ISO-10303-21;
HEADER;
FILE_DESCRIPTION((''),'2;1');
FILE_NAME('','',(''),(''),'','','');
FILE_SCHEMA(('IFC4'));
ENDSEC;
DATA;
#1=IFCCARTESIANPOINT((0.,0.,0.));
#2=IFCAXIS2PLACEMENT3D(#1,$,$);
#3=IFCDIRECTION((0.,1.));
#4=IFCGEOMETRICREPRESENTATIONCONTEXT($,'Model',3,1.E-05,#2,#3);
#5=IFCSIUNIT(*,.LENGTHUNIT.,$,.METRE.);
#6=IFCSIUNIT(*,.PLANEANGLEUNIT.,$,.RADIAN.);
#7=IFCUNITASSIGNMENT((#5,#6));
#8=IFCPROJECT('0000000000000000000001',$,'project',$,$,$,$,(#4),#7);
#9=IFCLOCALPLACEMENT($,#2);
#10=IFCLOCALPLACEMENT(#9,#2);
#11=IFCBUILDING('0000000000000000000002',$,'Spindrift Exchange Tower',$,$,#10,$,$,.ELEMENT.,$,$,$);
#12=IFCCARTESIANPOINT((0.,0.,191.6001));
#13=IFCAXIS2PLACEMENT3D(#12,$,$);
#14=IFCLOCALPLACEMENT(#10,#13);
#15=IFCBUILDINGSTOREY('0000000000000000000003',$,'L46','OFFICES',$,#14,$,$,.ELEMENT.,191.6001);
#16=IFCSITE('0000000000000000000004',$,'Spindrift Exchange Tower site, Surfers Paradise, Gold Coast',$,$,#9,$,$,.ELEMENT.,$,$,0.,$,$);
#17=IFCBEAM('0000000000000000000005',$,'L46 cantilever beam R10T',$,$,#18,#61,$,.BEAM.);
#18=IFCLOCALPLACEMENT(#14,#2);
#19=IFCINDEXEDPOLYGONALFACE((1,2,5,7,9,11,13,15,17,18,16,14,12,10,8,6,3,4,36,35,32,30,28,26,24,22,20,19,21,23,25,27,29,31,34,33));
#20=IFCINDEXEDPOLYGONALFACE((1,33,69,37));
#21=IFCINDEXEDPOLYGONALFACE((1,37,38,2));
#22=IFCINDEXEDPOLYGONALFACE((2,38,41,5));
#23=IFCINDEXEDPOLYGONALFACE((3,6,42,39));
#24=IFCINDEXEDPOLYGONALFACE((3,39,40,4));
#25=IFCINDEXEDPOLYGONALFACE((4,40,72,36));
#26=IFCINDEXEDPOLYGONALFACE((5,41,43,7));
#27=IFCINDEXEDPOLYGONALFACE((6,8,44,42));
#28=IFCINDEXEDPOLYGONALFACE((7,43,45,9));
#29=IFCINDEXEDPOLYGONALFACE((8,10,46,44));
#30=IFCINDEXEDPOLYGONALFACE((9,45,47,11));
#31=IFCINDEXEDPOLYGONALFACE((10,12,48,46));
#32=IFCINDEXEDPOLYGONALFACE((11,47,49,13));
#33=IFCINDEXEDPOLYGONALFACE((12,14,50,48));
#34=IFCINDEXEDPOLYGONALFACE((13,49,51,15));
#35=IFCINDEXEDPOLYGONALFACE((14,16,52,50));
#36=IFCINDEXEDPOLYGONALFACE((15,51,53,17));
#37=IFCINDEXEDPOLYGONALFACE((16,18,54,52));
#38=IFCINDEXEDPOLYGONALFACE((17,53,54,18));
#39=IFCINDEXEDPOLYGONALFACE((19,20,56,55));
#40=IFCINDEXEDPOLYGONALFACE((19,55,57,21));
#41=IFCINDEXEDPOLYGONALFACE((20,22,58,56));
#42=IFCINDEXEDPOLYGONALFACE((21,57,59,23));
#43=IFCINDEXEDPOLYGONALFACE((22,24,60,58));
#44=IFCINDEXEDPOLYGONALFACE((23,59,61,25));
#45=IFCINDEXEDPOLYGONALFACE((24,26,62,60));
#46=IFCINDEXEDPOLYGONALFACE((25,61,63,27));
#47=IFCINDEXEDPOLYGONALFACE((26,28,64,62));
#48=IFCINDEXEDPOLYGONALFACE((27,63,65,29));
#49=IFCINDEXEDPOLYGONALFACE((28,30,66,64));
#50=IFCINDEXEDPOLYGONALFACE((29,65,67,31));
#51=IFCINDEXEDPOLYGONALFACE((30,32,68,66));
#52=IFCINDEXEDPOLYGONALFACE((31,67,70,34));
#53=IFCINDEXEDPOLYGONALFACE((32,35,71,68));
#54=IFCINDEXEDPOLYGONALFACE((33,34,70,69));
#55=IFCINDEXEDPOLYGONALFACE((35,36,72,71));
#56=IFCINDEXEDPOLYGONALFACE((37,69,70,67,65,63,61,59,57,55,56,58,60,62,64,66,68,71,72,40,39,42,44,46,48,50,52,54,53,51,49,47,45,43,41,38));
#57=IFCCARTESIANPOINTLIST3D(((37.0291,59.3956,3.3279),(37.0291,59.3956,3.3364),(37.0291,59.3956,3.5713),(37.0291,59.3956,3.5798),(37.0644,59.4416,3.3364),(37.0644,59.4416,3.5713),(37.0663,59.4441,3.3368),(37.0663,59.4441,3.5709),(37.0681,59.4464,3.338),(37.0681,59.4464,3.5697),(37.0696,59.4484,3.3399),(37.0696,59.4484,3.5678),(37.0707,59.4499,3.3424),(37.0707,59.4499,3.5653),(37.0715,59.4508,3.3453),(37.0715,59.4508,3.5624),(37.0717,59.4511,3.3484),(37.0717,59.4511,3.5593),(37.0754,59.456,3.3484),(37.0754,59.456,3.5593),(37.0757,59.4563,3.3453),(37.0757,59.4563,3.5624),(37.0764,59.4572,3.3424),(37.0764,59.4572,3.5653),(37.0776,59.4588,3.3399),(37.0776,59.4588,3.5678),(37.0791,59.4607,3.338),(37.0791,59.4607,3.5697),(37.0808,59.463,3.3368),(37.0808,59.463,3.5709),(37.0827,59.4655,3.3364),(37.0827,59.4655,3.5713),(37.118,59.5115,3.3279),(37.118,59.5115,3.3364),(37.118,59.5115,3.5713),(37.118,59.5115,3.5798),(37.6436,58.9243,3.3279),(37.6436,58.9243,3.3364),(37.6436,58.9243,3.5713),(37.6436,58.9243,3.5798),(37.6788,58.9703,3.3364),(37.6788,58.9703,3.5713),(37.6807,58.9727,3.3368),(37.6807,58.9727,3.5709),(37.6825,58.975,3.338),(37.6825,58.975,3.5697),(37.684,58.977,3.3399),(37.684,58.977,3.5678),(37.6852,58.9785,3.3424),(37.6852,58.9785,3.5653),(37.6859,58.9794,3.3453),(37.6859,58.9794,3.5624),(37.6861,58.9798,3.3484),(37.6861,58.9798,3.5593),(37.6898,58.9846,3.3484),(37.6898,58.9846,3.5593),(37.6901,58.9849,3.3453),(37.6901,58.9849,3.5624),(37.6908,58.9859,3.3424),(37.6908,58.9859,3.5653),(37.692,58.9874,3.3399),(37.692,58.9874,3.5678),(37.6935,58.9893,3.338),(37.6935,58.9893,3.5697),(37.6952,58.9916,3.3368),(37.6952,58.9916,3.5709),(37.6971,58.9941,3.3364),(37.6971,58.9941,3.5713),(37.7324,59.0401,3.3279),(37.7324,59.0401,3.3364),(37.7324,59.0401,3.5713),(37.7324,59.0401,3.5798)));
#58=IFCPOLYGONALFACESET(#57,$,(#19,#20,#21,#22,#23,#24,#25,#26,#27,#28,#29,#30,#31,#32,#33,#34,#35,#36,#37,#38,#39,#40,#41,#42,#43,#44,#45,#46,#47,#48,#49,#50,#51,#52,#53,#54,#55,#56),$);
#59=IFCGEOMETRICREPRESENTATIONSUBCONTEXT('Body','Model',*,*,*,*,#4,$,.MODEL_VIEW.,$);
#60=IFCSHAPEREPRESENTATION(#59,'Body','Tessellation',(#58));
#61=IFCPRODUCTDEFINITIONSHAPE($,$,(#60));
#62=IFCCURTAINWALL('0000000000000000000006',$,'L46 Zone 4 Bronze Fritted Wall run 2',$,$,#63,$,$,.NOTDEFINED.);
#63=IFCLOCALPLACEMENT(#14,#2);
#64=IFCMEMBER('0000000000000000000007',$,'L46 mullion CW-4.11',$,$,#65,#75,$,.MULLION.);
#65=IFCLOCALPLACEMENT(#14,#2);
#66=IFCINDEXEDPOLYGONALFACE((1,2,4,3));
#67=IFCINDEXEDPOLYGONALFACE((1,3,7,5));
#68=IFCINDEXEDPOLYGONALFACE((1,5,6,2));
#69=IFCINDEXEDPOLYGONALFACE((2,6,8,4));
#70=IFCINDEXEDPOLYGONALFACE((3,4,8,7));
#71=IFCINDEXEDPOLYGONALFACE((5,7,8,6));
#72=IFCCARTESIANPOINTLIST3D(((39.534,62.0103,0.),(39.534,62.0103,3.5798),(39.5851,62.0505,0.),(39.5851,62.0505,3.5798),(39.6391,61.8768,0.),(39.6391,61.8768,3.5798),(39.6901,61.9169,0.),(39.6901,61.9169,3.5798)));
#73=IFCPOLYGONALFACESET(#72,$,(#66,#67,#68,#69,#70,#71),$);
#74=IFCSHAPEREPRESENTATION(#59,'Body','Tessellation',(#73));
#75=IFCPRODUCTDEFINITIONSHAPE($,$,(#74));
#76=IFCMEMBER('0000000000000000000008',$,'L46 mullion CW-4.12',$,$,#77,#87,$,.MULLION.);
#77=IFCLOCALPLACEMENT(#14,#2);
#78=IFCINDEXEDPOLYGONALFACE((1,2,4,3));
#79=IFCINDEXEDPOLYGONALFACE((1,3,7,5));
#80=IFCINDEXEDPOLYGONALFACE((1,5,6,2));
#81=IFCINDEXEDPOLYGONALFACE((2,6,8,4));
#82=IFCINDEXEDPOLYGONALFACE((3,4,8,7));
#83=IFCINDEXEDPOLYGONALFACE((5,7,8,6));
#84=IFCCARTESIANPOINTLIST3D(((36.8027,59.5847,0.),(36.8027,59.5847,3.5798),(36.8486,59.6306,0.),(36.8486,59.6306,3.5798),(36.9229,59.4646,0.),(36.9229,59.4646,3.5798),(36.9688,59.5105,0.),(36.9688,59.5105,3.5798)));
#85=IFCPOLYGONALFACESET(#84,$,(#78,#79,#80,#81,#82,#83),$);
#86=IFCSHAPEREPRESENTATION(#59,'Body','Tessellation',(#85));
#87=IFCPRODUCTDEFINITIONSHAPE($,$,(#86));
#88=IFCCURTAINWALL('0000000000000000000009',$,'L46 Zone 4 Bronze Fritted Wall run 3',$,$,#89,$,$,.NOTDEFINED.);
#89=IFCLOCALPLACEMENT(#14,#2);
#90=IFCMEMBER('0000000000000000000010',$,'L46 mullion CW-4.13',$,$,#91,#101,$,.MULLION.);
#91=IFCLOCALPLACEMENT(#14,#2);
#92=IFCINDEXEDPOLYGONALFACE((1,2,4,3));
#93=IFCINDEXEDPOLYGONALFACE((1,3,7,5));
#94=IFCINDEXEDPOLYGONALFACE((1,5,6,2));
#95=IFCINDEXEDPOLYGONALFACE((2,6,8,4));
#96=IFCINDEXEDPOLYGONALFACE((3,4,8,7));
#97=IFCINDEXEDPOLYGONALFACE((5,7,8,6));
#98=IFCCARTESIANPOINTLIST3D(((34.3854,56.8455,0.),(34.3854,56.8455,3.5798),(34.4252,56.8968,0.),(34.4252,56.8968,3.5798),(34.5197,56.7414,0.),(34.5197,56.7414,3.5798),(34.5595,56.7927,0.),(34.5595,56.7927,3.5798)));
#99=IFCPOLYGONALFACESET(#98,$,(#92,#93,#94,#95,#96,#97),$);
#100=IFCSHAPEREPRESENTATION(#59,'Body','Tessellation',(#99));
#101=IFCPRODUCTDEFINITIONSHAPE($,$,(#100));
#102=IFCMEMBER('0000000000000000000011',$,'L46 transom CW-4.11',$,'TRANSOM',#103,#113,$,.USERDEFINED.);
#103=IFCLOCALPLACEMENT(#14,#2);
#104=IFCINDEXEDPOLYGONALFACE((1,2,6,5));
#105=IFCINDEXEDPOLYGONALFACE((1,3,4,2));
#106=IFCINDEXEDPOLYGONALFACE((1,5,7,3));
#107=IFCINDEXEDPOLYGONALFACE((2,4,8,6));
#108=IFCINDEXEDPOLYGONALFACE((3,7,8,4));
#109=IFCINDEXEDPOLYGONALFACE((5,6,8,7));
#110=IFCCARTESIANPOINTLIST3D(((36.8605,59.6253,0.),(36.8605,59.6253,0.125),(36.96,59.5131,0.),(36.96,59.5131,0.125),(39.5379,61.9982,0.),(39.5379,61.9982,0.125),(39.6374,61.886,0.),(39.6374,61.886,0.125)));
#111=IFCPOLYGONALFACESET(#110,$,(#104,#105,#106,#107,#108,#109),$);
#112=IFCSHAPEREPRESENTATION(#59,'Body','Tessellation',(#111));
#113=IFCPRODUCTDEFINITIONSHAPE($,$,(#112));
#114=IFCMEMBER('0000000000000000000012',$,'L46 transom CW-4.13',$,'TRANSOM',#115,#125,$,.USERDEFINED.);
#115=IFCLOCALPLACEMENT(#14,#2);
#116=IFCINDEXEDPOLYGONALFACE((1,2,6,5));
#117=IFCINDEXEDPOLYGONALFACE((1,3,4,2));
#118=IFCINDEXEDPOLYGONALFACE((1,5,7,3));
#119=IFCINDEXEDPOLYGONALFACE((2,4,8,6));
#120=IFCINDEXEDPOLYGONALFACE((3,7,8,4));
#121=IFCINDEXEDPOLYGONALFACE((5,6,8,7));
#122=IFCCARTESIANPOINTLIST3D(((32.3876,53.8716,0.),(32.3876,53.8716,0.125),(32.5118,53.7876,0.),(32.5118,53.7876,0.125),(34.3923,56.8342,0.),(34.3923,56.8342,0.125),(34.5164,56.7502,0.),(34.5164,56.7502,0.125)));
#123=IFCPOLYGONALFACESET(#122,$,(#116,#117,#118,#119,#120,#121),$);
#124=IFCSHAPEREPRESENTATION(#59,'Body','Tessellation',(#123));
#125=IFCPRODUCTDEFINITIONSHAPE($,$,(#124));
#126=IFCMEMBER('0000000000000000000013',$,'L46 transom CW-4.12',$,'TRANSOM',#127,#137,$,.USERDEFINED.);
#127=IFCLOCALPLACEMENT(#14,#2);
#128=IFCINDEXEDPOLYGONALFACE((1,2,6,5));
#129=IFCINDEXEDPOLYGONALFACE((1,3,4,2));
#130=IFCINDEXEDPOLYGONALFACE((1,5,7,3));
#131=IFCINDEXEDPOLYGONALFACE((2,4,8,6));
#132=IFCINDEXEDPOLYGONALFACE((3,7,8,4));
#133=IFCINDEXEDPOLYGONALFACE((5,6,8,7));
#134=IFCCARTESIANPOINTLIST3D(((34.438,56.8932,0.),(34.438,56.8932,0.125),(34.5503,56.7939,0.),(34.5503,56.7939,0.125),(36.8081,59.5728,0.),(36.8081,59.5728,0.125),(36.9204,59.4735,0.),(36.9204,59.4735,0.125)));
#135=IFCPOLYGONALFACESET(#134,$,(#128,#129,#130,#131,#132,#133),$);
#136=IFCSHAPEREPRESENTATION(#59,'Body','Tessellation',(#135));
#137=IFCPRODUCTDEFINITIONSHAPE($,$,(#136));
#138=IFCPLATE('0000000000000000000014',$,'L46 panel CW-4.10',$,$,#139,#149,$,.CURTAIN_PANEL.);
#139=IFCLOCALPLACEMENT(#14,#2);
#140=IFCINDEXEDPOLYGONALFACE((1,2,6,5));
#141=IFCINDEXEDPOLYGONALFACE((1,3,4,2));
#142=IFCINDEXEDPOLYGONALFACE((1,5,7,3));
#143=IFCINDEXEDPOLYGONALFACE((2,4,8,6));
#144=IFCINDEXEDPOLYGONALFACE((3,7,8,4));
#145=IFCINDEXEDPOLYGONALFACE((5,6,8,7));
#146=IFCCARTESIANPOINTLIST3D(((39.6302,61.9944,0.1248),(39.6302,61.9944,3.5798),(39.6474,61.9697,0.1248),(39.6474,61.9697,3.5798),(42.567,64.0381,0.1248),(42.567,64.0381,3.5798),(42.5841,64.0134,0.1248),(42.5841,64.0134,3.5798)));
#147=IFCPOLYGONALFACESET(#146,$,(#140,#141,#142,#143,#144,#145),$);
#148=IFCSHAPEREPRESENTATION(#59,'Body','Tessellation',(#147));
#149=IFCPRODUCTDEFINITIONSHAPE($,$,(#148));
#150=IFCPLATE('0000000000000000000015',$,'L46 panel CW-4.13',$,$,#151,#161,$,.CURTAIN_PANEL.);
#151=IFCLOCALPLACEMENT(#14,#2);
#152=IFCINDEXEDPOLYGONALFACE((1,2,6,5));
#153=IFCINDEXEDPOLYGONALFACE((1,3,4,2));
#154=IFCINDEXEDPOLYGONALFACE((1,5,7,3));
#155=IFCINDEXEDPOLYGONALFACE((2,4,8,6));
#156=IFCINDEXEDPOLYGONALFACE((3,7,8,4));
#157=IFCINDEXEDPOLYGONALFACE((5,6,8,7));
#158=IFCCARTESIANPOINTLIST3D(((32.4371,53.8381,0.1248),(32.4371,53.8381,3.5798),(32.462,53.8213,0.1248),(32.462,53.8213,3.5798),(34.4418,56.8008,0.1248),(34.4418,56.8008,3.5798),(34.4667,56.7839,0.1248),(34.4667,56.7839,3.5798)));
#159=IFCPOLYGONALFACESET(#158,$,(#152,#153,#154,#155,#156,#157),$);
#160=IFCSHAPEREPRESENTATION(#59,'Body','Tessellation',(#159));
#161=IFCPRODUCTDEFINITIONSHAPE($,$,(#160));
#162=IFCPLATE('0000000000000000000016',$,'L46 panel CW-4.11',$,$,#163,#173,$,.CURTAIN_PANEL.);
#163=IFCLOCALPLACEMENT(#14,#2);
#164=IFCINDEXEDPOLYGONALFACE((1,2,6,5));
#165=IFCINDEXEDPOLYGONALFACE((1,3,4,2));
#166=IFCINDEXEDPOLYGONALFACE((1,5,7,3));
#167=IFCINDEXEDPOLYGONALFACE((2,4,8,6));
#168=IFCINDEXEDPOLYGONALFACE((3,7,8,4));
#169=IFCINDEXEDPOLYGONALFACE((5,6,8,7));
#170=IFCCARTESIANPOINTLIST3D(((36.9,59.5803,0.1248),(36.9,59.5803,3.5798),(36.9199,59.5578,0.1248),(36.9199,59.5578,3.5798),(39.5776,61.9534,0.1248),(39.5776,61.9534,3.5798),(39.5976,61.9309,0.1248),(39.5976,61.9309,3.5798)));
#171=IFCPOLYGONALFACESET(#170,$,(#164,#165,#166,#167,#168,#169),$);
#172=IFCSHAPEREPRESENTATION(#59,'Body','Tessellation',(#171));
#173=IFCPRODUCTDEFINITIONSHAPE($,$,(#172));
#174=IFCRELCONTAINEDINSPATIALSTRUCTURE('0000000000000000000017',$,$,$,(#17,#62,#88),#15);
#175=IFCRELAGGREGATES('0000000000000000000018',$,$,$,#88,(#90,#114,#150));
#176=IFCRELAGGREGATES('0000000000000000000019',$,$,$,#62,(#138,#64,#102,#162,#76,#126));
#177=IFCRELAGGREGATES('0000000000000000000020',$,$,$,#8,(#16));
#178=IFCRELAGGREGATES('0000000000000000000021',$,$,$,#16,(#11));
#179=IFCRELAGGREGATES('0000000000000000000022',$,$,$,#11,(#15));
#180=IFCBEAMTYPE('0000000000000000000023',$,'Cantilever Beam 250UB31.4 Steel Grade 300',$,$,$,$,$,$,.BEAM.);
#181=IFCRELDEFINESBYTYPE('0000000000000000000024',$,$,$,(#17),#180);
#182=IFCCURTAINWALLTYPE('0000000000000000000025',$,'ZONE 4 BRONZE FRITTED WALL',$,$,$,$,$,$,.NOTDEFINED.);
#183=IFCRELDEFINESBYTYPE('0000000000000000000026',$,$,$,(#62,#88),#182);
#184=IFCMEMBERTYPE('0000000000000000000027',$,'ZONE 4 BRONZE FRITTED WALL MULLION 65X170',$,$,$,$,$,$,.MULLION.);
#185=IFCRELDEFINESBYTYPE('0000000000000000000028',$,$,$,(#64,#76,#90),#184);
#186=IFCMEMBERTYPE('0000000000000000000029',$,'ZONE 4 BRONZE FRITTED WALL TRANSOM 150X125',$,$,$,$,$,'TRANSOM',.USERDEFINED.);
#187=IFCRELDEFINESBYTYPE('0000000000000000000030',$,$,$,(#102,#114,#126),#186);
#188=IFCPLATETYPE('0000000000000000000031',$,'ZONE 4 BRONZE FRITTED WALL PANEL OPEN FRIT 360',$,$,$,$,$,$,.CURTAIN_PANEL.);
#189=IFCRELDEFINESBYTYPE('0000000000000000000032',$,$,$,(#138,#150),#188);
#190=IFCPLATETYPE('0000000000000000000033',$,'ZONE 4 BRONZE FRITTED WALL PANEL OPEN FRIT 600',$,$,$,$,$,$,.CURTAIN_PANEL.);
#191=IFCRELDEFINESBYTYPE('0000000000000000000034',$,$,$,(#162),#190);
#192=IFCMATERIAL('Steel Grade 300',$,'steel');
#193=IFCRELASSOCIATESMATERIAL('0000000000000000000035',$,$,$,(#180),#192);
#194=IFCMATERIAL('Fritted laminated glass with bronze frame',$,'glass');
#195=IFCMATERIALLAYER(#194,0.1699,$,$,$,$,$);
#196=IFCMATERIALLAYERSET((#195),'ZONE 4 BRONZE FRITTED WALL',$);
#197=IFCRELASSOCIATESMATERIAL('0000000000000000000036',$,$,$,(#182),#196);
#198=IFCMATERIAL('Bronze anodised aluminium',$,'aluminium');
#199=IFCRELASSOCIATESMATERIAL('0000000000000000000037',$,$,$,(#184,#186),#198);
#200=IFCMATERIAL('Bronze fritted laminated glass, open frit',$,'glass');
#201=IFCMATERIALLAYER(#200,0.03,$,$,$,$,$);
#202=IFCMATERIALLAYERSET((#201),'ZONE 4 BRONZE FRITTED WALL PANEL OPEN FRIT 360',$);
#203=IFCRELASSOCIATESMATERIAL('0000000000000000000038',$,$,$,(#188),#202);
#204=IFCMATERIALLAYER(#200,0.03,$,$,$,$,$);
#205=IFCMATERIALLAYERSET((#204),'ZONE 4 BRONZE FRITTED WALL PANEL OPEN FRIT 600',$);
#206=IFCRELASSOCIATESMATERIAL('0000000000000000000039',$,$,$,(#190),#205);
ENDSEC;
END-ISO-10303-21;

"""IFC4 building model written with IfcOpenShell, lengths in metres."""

from ifc_helpers import new_model, si_unit, direction, frame, origin, origin_2d, place, context, subcontext, project, spatial, rectangle, i_section, extrude, source, transform, mapped, material, layer, layer_set, material_profile, profile_set, type_object, element, aggregate, save


model = new_model("IFC4")

# Units and contexts
model_context = context("Model", 3, precision=1e-05, world=origin(), true_north=direction((0.0, 1.0)))
body_context = subcontext(model_context, "Body", "Model", "MODEL_VIEW")
ifc_project = project(units=[si_unit("LENGTHUNIT", "METRE"), si_unit("PLANEANGLEUNIT", "RADIAN")], contexts=[model_context])

# Site, building, storey
site_placement = place(None, origin())
site = spatial("IfcSite", under=ifc_project, at=site_placement, Name="Spindrift Exchange Tower site, Surfers Paradise, Gold Coast", CompositionType="ELEMENT", RefElevation=0.0)
building_placement = place(site_placement, origin())
building = spatial("IfcBuilding", under=site, at=building_placement, Name="Spindrift Exchange Tower", CompositionType="ELEMENT")
storey_placement = place(building_placement, frame((0.0, 0.0, 191.6001)))
storey = spatial("IfcBuildingStorey", under=building, at=storey_placement, Name="L46", Description="OFFICES", CompositionType="ELEMENT", Elevation=191.6001)

# Beam
ifc_material_1 = material(Name="Steel Grade 300", Category="steel")
ifc_material_profile_1 = material_profile(ifc_material_1, i_section(OverallWidth=0.146, OverallDepth=0.252, WebThickness=0.0061, FlangeThickness=0.0085, FilletRadius=0.012, at=origin_2d()), Name="250UB31.4")
ifc_profile_set_1 = profile_set([ifc_material_profile_1], Name="Steel Grade 300")
beam_type_1 = type_object("IfcBeamType", Name="Cantilever Beam 250UB31.4 Steel Grade 300", PredefinedType="BEAM", material=ifc_profile_set_1)
shared_shape_1 = source(origin(), body_context, "Body", "SweptSolid", [
    extrude(i_section(OverallWidth=0.146, OverallDepth=0.252, WebThickness=0.0061, FlangeThickness=0.0085, FilletRadius=0.012, at=origin_2d()), origin(), (0.0, 0.0, 1.0), 0.7744),
])
beam_1_placement = place(storey_placement, frame((37.688, 58.9822, 3.4539), z_axis=(-0.793408, 0.60869, 0.0), x_axis=(-0.60869, -0.793408, 0.0)))
element("IfcBeam", 1, at=beam_1_placement, inside=storey, type_object=beam_type_1, Name="L46 cantilever beam R10T", PredefinedType="BEAM", context=body_context, shape_type="MappedRepresentation", body=[
    mapped(shared_shape_1, transform((0.0, 0.0, 0.0), scale=1.0)),
])

# Curtain wall, members
ifc_material_2 = material(Name="Fritted laminated glass with bronze frame", Category="glass")
ifc_layer_1 = layer(ifc_material_2, 0.1699)
ifc_layer_set_1 = layer_set([ifc_layer_1], Name="ZONE 4 BRONZE FRITTED WALL")
curtain_wall_type = type_object("IfcCurtainWallType", Name="ZONE 4 BRONZE FRITTED WALL", PredefinedType="NOTDEFINED", material=ifc_layer_set_1)
curtain_wall_1_placement = place(storey_placement, origin())
curtain_wall_1 = element("IfcCurtainWall", 2, at=curtain_wall_1_placement, inside=storey, type_object=curtain_wall_type, Name="L46 Zone 4 Bronze Fritted Wall run 2", PredefinedType="NOTDEFINED")
ifc_material_3 = material(Name="Bronze anodised aluminium", Category="aluminium")
ifc_material_profile_2 = material_profile(ifc_material_3, rectangle(XDim=0.0649, YDim=0.1699, at=origin_2d()), Name="ZONE 4 BRONZE FRITTED WALL MULLION 65X170")
ifc_profile_set_2 = profile_set([ifc_material_profile_2], Name="Bronze anodised aluminium")
member_type_1 = type_object("IfcMemberType", Name="ZONE 4 BRONZE FRITTED WALL MULLION 65X170", PredefinedType="MULLION", material=ifc_profile_set_2)
shared_shape_2 = source(origin(), body_context, "Body", "SweptSolid", [
    extrude(rectangle(XDim=0.0649, YDim=0.1699, at=origin_2d()), origin(), (0.0, 0.0, 1.0), 3.5798),
])
member_1_placement = place(storey_placement, frame((39.6121, 61.9636, 0.0), z_axis=(0.0, 0.0, 1.0), x_axis=(-0.785949, -0.618291, 0.0)))
member_1 = element("IfcMember", 3, at=member_1_placement, type_object=member_type_1, Name="L46 mullion CW-4.11", PredefinedType="MULLION", context=body_context, shape_type="MappedRepresentation", body=[
    mapped(shared_shape_2, transform((0.0, 0.0, 0.0), scale=1.0)),
])
member_2_placement = place(storey_placement, frame((36.8857, 59.5476, 0.0), z_axis=(0.0, 0.0, 1.0), x_axis=(-0.706768, -0.707445, 0.0)))
member_2 = element("IfcMember", 4, at=member_2_placement, type_object=member_type_1, Name="L46 mullion CW-4.12", PredefinedType="MULLION", context=body_context, shape_type="MappedRepresentation", body=[
    mapped(shared_shape_2, transform((0.0, 0.0, 0.0), scale=1.0)),
])

# Curtain wall, member
curtain_wall_2_placement = place(storey_placement, origin())
curtain_wall_2 = element("IfcCurtainWall", 5, at=curtain_wall_2_placement, inside=storey, type_object=curtain_wall_type, Name="L46 Zone 4 Bronze Fritted Wall run 3", PredefinedType="NOTDEFINED")
member_3_placement = place(storey_placement, frame((34.4724, 56.8191, 0.0), z_axis=(0.0, 0.0, 1.0), x_axis=(-0.612757, -0.790272, 0.0)))
member_3 = element("IfcMember", 6, at=member_3_placement, type_object=member_type_1, Name="L46 mullion CW-4.13", PredefinedType="MULLION", context=body_context, shape_type="MappedRepresentation", body=[
    mapped(shared_shape_2, transform((0.0, 0.0, 0.0), scale=1.0)),
])

# Members
ifc_material_profile_3 = material_profile(ifc_material_3, rectangle(XDim=0.1499, YDim=0.125, at=origin_2d()), Name="ZONE 4 BRONZE FRITTED WALL TRANSOM 150X125")
ifc_profile_set_3 = profile_set([ifc_material_profile_3], Name="Bronze anodised aluminium")
member_type_2 = type_object("IfcMemberType", Name="ZONE 4 BRONZE FRITTED WALL TRANSOM 150X125", ElementType="TRANSOM", PredefinedType="USERDEFINED", material=ifc_profile_set_3)
shared_shape_3 = source(origin(), body_context, "Body", "SweptSolid", [
    extrude(rectangle(XDim=0.1499, YDim=0.125, at=origin_2d()), origin(), (0.0, 0.0, 1.0), 3.5776),
])
member_4_placement = place(storey_placement, frame((39.5876, 61.9421, 0.0625), z_axis=(-0.748372, -0.663279, 0.0), x_axis=(0.663279, -0.748372, 0.0)))
member_4 = element("IfcMember", 7, at=member_4_placement, type_object=member_type_2, Name="L46 transom CW-4.11", ObjectType="TRANSOM", PredefinedType="USERDEFINED", context=body_context, shape_type="MappedRepresentation", body=[
    mapped(shared_shape_3, transform((0.0, 0.0, 0.0), scale=1.0)),
])
shared_shape_4 = source(origin(), body_context, "Body", "SweptSolid", [
    extrude(rectangle(XDim=0.1499, YDim=0.125, at=origin_2d()), origin(), (0.0, 0.0, 1.0), 3.5771),
])
member_5_placement = place(storey_placement, frame((34.4543, 56.7922, 0.0625), z_axis=(-0.560404, -0.828219, 0.0), x_axis=(0.828219, -0.560404, 0.0)))
member_5 = element("IfcMember", 8, at=member_5_placement, type_object=member_type_2, Name="L46 transom CW-4.13", ObjectType="TRANSOM", PredefinedType="USERDEFINED", context=body_context, shape_type="MappedRepresentation", body=[
    mapped(shared_shape_4, transform((0.0, 0.0, 0.0), scale=1.0)),
])
shared_shape_5 = source(origin(), body_context, "Body", "SweptSolid", [
    extrude(rectangle(XDim=0.1499, YDim=0.125, at=origin_2d()), origin(), (0.0, 0.0, 1.0), 3.5774),
])
member_6_placement = place(storey_placement, frame((36.8643, 59.5232, 0.0625), z_axis=(-0.662515, -0.749049, 0.0), x_axis=(0.749049, -0.662515, 0.0)))
member_6 = element("IfcMember", 9, at=member_6_placement, type_object=member_type_2, Name="L46 transom CW-4.12", ObjectType="TRANSOM", PredefinedType="USERDEFINED", context=body_context, shape_type="MappedRepresentation", body=[
    mapped(shared_shape_5, transform((0.0, 0.0, 0.0), scale=1.0)),
])

# Plates
ifc_material_4 = material(Name="Bronze fritted laminated glass, open frit", Category="glass")
ifc_layer_2 = layer(ifc_material_4, 0.03)
ifc_layer_set_2 = layer_set([ifc_layer_2], Name="ZONE 4 BRONZE FRITTED WALL PANEL OPEN FRIT 360")
plate_type_1 = type_object("IfcPlateType", Name="ZONE 4 BRONZE FRITTED WALL PANEL OPEN FRIT 360", PredefinedType="CURTAIN_PANEL", material=ifc_layer_set_2)
shared_shape_6 = source(origin(), body_context, "Body", "SweptSolid", [
    extrude(rectangle(XDim=3.5779, YDim=0.03, at=origin_2d()), origin(), (0.0, 0.0, 1.0), 3.4551),
])
plate_1_placement = place(storey_placement, frame((41.1072, 63.0039, 0.1248), z_axis=(0.0, 0.0, 1.0), x_axis=(-0.820811, -0.571199, 0.0)))
plate_1 = element("IfcPlate", 10, at=plate_1_placement, type_object=plate_type_1, Name="L46 panel CW-4.10", PredefinedType="CURTAIN_PANEL", context=body_context, shape_type="MappedRepresentation", body=[
    mapped(shared_shape_6, transform((0.0, 0.0, 0.0), scale=1.0)),
])
shared_shape_7 = source(origin(), body_context, "Body", "SweptSolid", [
    extrude(rectangle(XDim=3.5771, YDim=0.03, at=origin_2d()), origin(), (0.0, 0.0, 1.0), 3.4551),
])
plate_2_placement = place(storey_placement, frame((33.4519, 55.311, 0.1248), z_axis=(0.0, 0.0, 1.0), x_axis=(-0.560409, -0.828216, 0.0)))
plate_2 = element("IfcPlate", 11, at=plate_2_placement, type_object=plate_type_1, Name="L46 panel CW-4.13", PredefinedType="CURTAIN_PANEL", context=body_context, shape_type="MappedRepresentation", body=[
    mapped(shared_shape_7, transform((0.0, 0.0, 0.0), scale=1.0)),
])
aggregate(curtain_wall_2, [member_3, member_5, plate_2])
ifc_layer_3 = layer(ifc_material_4, 0.03)
ifc_layer_set_3 = layer_set([ifc_layer_3], Name="ZONE 4 BRONZE FRITTED WALL PANEL OPEN FRIT 600")
plate_type_2 = type_object("IfcPlateType", Name="ZONE 4 BRONZE FRITTED WALL PANEL OPEN FRIT 600", PredefinedType="CURTAIN_PANEL", material=ifc_layer_set_3)
shared_shape_8 = source(origin(), body_context, "Body", "SweptSolid", [
    extrude(rectangle(XDim=3.5779, YDim=0.03, at=origin_2d()), origin(), (0.0, 0.0, 1.0), 3.4551),
])
plate_3_placement = place(storey_placement, frame((38.2488, 60.7556, 0.1248), z_axis=(0.0, 0.0, 1.0), x_axis=(-0.748389, -0.66326, 0.0)))
plate_3 = element("IfcPlate", 12, at=plate_3_placement, type_object=plate_type_2, Name="L46 panel CW-4.11", PredefinedType="CURTAIN_PANEL", context=body_context, shape_type="MappedRepresentation", body=[
    mapped(shared_shape_8, transform((0.0, 0.0, 0.0), scale=1.0)),
])
aggregate(curtain_wall_1, [plate_1, member_1, member_4, plate_3, member_2, member_6])

save(model, "model.ifc")
